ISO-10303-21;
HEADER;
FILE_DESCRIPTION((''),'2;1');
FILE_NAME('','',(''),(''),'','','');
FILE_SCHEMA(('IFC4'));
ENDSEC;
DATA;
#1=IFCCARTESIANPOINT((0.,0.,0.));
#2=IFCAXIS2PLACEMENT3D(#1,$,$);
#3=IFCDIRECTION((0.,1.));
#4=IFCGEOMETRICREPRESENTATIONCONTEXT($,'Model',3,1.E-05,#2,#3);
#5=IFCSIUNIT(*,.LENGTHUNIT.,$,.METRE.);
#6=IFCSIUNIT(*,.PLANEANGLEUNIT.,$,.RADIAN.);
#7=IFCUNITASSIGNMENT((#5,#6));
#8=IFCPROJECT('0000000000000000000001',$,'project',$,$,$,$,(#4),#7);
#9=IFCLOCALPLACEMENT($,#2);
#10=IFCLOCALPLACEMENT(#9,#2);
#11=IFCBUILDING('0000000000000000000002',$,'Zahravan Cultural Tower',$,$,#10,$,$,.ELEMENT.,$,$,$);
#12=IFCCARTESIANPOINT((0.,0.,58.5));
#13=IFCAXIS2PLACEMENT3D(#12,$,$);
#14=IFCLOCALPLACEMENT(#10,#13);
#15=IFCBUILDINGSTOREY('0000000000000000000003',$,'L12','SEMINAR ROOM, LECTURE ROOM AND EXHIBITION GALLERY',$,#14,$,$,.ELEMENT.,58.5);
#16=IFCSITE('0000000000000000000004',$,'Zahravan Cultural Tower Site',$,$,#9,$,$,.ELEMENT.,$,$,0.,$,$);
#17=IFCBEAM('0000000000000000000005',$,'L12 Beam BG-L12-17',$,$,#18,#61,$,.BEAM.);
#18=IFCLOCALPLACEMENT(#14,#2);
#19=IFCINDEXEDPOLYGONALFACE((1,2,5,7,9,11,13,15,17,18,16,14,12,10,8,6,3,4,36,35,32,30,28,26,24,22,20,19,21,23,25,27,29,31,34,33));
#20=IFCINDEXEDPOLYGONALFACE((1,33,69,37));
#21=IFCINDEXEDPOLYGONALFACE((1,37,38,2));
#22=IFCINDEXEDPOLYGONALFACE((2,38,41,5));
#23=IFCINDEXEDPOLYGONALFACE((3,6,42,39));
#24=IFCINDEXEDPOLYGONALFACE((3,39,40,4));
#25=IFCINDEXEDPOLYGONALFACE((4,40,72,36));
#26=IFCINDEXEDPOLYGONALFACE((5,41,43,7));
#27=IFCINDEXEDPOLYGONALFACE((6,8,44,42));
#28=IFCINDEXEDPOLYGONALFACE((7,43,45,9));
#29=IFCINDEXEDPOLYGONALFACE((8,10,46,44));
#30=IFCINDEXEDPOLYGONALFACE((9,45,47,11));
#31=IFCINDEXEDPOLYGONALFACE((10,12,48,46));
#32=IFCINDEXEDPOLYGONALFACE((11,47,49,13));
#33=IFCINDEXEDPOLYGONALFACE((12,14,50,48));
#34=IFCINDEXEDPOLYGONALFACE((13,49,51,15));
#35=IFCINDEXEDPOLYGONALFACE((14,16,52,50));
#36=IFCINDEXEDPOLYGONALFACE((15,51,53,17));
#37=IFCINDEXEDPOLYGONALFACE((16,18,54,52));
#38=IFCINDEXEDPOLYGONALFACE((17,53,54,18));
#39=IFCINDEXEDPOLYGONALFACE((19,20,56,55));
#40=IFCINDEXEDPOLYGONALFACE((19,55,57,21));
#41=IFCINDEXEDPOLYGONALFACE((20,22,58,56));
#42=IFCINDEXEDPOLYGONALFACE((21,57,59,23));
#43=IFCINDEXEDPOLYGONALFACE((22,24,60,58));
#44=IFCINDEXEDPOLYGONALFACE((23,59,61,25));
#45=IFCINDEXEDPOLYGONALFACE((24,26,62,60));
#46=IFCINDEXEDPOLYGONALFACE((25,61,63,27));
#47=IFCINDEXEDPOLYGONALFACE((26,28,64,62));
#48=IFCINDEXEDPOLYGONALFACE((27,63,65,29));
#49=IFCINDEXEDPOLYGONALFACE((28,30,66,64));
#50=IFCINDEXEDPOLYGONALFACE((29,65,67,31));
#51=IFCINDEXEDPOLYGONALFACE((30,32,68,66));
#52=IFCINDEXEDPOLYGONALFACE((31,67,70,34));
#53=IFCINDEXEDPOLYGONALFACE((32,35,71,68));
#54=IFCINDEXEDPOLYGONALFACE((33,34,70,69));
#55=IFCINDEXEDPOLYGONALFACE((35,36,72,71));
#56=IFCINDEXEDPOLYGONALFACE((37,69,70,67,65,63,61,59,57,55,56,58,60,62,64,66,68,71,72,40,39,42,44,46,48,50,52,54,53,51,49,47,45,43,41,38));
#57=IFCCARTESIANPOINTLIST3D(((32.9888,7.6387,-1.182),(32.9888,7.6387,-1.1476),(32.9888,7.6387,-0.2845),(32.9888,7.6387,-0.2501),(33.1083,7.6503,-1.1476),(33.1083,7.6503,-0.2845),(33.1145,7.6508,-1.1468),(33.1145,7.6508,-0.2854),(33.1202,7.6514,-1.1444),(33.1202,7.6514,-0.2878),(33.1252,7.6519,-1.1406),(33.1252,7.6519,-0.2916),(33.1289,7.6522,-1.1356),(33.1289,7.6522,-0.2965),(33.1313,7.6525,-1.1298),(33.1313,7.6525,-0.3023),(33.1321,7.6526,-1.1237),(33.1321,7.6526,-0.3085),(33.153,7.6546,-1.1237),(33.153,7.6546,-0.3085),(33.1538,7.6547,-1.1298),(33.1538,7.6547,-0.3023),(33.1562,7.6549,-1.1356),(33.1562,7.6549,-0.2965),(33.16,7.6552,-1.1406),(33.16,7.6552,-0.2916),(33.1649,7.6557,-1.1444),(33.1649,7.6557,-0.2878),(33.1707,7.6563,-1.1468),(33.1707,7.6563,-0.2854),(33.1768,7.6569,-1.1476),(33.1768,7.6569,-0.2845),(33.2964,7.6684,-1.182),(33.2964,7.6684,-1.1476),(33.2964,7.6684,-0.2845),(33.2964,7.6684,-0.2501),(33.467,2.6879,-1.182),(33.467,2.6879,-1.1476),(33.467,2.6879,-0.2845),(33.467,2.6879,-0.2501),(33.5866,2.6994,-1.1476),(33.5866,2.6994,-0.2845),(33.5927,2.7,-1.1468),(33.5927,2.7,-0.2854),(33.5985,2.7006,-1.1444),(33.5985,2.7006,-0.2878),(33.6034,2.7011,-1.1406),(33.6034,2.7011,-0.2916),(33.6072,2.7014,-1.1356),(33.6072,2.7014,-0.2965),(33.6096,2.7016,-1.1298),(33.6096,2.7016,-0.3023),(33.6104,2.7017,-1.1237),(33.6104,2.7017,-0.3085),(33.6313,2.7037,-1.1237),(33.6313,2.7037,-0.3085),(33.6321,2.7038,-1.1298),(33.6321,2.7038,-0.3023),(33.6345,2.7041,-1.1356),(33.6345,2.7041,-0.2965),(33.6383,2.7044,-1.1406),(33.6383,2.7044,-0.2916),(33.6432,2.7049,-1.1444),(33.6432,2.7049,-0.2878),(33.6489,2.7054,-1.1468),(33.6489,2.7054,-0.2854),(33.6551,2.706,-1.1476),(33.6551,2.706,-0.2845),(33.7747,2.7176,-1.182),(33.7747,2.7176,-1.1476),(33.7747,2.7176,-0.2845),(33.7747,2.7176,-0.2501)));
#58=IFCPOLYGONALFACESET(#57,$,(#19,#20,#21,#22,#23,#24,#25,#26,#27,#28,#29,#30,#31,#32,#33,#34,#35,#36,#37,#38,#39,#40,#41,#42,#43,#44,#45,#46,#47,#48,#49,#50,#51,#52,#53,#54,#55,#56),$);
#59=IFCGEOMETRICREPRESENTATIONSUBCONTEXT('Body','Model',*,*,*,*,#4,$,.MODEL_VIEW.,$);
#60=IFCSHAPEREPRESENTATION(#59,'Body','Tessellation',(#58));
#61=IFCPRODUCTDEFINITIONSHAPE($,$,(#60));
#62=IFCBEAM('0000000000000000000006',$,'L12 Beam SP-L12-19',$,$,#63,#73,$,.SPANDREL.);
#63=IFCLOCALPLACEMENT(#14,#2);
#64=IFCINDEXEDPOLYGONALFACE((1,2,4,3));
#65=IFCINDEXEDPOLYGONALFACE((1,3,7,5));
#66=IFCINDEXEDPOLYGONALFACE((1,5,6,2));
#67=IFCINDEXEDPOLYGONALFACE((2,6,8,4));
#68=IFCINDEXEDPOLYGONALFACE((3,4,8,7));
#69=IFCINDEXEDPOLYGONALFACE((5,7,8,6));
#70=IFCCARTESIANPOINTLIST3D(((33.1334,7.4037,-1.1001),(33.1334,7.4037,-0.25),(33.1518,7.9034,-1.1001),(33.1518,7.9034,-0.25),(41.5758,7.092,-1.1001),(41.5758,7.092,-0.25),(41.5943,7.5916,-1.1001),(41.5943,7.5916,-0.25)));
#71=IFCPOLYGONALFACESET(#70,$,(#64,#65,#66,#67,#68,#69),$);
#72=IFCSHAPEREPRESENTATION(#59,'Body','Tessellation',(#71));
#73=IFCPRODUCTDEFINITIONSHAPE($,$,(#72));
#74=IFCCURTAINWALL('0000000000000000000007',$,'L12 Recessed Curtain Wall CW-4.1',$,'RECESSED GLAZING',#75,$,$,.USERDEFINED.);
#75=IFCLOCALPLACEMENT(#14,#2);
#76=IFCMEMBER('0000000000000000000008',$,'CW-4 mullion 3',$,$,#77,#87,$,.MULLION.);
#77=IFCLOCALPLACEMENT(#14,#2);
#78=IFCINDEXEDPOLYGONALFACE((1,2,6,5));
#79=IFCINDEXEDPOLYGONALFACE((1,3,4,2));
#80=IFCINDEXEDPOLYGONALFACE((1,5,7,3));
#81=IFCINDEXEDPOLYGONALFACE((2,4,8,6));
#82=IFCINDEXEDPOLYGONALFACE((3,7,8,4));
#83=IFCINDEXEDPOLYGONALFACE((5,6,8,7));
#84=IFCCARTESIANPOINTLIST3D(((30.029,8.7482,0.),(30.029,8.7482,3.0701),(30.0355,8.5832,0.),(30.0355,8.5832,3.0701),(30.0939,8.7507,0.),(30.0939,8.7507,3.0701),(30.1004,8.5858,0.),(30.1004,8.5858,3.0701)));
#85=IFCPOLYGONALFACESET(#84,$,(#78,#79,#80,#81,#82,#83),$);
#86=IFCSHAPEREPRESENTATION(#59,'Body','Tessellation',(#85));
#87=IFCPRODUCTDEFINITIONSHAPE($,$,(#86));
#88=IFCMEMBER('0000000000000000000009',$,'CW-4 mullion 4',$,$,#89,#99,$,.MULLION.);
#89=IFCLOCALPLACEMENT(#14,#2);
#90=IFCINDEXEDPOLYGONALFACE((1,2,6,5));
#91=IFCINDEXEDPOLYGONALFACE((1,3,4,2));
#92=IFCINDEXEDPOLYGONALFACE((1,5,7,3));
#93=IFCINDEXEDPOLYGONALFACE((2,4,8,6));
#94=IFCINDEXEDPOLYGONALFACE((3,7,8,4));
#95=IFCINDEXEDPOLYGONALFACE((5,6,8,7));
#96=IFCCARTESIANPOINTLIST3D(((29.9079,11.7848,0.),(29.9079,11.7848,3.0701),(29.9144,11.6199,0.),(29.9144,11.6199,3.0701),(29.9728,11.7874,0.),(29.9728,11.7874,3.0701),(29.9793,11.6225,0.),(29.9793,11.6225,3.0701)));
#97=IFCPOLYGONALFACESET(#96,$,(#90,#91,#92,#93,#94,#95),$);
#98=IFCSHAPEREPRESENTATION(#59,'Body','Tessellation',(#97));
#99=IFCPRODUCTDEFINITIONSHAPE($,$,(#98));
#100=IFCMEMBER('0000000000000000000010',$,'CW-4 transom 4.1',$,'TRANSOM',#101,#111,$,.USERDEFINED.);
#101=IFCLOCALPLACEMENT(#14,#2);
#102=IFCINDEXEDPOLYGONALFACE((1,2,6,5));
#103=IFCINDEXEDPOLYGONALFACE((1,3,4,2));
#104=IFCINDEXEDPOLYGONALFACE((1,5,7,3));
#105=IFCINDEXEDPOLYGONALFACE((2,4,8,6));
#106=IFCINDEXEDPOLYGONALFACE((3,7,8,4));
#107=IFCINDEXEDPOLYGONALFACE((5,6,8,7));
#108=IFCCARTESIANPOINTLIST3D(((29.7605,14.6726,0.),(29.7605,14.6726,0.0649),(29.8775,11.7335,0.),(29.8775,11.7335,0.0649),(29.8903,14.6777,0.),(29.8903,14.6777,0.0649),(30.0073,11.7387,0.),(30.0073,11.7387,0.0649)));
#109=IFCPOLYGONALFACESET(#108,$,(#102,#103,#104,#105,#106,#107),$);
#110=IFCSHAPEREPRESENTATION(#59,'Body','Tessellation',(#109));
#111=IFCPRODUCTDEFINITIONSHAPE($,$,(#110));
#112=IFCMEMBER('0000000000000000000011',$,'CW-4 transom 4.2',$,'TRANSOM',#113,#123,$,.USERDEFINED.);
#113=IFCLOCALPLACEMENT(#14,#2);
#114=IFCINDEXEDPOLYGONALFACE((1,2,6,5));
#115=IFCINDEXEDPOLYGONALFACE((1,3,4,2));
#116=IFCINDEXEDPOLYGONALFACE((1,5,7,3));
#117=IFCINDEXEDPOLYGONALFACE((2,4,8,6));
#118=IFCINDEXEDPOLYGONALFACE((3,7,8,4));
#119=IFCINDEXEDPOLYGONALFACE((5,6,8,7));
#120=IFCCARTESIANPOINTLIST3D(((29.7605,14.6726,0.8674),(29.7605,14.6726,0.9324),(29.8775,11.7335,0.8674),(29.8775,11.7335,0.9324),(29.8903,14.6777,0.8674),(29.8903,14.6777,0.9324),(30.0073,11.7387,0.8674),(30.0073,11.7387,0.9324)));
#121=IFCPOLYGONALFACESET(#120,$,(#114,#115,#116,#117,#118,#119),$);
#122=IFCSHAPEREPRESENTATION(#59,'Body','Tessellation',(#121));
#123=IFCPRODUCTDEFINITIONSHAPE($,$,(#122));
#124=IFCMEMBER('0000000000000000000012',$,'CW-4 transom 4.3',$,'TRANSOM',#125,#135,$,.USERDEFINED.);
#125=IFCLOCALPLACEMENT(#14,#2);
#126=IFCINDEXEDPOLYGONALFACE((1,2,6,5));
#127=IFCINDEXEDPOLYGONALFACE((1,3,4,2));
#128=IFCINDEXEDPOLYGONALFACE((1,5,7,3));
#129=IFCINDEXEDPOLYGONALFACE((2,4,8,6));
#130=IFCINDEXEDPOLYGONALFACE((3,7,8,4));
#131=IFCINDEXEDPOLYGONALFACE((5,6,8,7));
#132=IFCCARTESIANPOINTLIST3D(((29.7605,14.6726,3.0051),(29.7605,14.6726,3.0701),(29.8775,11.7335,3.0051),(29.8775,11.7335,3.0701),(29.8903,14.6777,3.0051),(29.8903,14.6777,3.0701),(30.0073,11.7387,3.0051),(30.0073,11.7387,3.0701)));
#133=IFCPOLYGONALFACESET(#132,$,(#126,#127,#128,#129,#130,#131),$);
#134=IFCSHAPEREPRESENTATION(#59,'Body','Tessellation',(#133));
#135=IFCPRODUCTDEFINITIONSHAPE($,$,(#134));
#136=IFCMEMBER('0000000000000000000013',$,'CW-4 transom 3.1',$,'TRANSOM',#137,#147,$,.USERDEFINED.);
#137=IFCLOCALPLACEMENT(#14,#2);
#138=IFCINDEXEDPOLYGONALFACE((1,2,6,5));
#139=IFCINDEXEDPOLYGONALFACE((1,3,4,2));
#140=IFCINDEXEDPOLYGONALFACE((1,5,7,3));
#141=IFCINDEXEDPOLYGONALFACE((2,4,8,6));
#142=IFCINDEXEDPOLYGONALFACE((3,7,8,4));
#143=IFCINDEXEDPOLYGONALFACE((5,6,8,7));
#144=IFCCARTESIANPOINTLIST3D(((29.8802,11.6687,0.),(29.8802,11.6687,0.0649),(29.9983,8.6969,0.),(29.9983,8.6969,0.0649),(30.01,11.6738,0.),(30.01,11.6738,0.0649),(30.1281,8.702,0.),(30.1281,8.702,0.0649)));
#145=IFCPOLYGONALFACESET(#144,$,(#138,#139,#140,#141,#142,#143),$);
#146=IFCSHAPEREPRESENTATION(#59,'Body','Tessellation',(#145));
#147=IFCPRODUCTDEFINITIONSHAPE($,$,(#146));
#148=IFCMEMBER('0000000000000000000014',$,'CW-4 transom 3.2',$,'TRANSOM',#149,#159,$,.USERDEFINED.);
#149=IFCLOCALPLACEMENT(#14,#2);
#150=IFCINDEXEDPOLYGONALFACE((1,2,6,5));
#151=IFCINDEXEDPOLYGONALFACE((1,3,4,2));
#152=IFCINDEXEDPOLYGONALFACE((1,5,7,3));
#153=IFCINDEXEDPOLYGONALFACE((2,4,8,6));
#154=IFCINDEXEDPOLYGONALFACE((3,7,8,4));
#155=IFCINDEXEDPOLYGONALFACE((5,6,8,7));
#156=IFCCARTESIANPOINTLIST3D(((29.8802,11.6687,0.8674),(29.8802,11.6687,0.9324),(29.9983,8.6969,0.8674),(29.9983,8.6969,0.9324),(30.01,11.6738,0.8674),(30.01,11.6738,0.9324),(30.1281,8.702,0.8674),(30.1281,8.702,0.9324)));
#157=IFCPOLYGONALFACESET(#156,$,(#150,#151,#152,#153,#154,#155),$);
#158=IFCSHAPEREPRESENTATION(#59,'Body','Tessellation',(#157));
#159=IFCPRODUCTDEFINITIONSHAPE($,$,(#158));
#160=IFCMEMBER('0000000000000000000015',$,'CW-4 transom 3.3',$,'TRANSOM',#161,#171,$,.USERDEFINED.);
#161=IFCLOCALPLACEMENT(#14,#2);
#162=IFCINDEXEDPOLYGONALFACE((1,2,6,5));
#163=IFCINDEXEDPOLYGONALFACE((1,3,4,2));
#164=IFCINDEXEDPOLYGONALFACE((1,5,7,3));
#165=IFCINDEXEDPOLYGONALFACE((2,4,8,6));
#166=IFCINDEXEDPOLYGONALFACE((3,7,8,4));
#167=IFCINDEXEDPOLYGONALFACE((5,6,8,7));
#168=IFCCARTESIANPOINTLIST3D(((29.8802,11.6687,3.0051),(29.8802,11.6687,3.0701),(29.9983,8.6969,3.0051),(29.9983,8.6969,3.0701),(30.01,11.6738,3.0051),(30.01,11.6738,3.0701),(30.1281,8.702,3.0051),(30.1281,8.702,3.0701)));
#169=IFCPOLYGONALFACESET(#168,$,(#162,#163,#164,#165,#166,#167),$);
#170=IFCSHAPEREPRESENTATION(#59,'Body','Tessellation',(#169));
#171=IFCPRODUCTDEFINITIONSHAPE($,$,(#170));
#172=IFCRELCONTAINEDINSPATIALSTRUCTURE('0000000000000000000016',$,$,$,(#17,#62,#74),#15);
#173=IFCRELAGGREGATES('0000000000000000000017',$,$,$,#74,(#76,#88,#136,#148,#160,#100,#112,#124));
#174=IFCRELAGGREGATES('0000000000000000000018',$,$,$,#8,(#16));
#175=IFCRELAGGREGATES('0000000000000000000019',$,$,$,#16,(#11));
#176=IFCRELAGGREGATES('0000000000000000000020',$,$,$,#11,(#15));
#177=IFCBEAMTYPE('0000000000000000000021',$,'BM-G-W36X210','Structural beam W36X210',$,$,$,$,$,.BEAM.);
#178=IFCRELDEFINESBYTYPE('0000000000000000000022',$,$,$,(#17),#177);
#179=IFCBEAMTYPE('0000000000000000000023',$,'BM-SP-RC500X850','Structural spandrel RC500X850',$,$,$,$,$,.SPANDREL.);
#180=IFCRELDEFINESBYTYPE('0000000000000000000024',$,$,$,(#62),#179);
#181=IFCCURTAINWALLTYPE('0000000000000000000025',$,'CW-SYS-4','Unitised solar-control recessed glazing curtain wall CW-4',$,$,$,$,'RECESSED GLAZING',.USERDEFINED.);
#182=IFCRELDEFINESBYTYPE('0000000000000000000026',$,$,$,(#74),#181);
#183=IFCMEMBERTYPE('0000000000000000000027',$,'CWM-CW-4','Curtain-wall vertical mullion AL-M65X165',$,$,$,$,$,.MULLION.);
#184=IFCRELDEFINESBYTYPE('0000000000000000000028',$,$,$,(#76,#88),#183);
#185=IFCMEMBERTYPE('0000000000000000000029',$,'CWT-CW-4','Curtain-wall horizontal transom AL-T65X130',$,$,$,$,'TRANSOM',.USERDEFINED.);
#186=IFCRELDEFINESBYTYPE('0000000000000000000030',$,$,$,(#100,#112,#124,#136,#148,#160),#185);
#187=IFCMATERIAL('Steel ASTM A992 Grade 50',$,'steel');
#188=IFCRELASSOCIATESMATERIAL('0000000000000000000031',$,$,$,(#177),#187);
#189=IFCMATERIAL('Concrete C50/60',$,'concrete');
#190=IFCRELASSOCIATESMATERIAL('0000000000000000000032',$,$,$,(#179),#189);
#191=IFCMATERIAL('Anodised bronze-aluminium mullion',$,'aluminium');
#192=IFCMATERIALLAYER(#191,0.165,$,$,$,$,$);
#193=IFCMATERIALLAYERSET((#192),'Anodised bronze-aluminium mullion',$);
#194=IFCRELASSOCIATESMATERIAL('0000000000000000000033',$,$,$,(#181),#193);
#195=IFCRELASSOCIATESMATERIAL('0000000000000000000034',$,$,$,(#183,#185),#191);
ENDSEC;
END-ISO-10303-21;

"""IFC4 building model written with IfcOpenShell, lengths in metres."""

from ifc_helpers import new_model, si_unit, direction, frame, origin, origin_2d, place, context, subcontext, project, spatial, rectangle, i_section, extrude, source, transform, mapped, material, layer, layer_set, material_profile, profile_set, type_object, element, aggregate, save


model = new_model("IFC4")

# Units and contexts
model_context = context("Model", 3, precision=1e-05, world=origin(), true_north=direction((0.0, 1.0)))
body_context = subcontext(model_context, "Body", "Model", "MODEL_VIEW")
ifc_project = project(units=[si_unit("LENGTHUNIT", "METRE"), si_unit("PLANEANGLEUNIT", "RADIAN")], contexts=[model_context])

# Site, building, storey
site_placement = place(None, origin())
site = spatial("IfcSite", under=ifc_project, at=site_placement, Name="Zahravan Cultural Tower Site", CompositionType="ELEMENT", RefElevation=0.0)
building_placement = place(site_placement, origin())
building = spatial("IfcBuilding", under=site, at=building_placement, Name="Zahravan Cultural Tower", CompositionType="ELEMENT")
storey_placement = place(building_placement, frame((0.0, 0.0, 58.5)))
storey = spatial("IfcBuildingStorey", under=building, at=storey_placement, Name="L12", Description="SEMINAR ROOM, LECTURE ROOM AND EXHIBITION GALLERY", CompositionType="ELEMENT", Elevation=58.5)

# Beams
ifc_material_1 = material(Name="Steel ASTM A992 Grade 50", Category="steel")
ifc_material_profile_1 = material_profile(ifc_material_1, i_section(OverallWidth=0.3091, OverallDepth=0.9319, WebThickness=0.021, FlangeThickness=0.0344, FilletRadius=0.0239, at=origin_2d()), Name="W36X210")
ifc_profile_set_1 = profile_set([ifc_material_profile_1], Name="Steel ASTM A992 Grade 50")
beam_type_1 = type_object("IfcBeamType", Name="BM-G-W36X210", Description="Structural beam W36X210", PredefinedType="BEAM", material=ifc_profile_set_1)
shared_shape_1 = source(origin(), body_context, "Body", "SweptSolid", [
    extrude(i_section(OverallWidth=0.3091, OverallDepth=0.9319, WebThickness=0.021, FlangeThickness=0.0344, FilletRadius=0.0239, at=origin_2d()), origin(), (0.0, 0.0, 1.0), 4.9739),
])
beam_1_placement = place(storey_placement, frame((33.1426, 7.6536, -0.7161), z_axis=(0.096155, -0.995366, 0.0), x_axis=(0.995366, 0.096155, 0.0)))
element("IfcBeam", 1, at=beam_1_placement, inside=storey, type_object=beam_type_1, Name="L12 Beam BG-L12-17", PredefinedType="BEAM", context=body_context, shape_type="MappedRepresentation", body=[
    mapped(shared_shape_1, transform((0.0, 0.0, 0.0), x_axis=(1.0, 0.0, 0.0), y_axis=(0.0, 1.0, 0.0), z_axis=(0.0, 0.0, 1.0), scale=1.0)),
])
ifc_material_2 = material(Name="Concrete C50/60", Category="concrete")
ifc_material_profile_2 = material_profile(ifc_material_2, rectangle(XDim=0.5, YDim=0.8501, at=origin_2d()), Name="RC500X850")
ifc_profile_set_2 = profile_set([ifc_material_profile_2], Name="Concrete C50/60")
beam_type_2 = type_object("IfcBeamType", Name="BM-SP-RC500X850", Description="Structural spandrel RC500X850", PredefinedType="SPANDREL", material=ifc_profile_set_2)
shared_shape_2 = source(origin(), body_context, "Body", "SweptSolid", [
    extrude(rectangle(XDim=0.5, YDim=0.8501, at=origin_2d()), origin(), (0.0, 0.0, 1.0), 8.4482),
])
beam_2_placement = place(storey_placement, frame((33.1426, 7.6536, -0.675), z_axis=(0.999319, -0.036904, 0.0), x_axis=(0.036904, 0.999319, 0.0)))
element("IfcBeam", 2, at=beam_2_placement, inside=storey, type_object=beam_type_2, Name="L12 Beam SP-L12-19", PredefinedType="SPANDREL", context=body_context, shape_type="MappedRepresentation", body=[
    mapped(shared_shape_2, transform((0.0, 0.0, 0.0), x_axis=(1.0, 0.0, 0.0), y_axis=(0.0, 1.0, 0.0), z_axis=(0.0, 0.0, 1.0), scale=1.0)),
])

# Curtain wall, members
ifc_material_3 = material(Name="Anodised bronze-aluminium mullion", Category="aluminium")
ifc_layer_1 = layer(ifc_material_3, 0.165)
ifc_layer_set_1 = layer_set([ifc_layer_1], Name="Anodised bronze-aluminium mullion")
curtain_wall_type = type_object("IfcCurtainWallType", Name="CW-SYS-4", Description="Unitised solar-control recessed glazing curtain wall CW-4", ElementType="RECESSED GLAZING", PredefinedType="USERDEFINED", material=ifc_layer_set_1)
curtain_wall_placement = place(storey_placement, origin())
curtain_wall = element("IfcCurtainWall", 3, at=curtain_wall_placement, inside=storey, type_object=curtain_wall_type, Name="L12 Recessed Curtain Wall CW-4.1", ObjectType="RECESSED GLAZING", PredefinedType="USERDEFINED")
ifc_material_profile_3 = material_profile(ifc_material_3, rectangle(XDim=0.0649, YDim=0.165, at=origin_2d()), Name="AL-M65X165")
ifc_profile_set_3 = profile_set([ifc_material_profile_3], Name="Anodised bronze-aluminium mullion")
member_type_1 = type_object("IfcMemberType", Name="CWM-CW-4", Description="Curtain-wall vertical mullion AL-M65X165", PredefinedType="MULLION", material=ifc_profile_set_3)
shared_shape_3 = source(origin(), body_context, "Body", "SweptSolid", [
    extrude(rectangle(XDim=0.0649, YDim=0.165, at=origin_2d()), origin(), (0.0, 0.0, 1.0), 3.0701),
])
member_1_placement = place(storey_placement, frame((30.0647, 8.667, 0.0), z_axis=(0.0, 0.0, 1.0), x_axis=(-0.999208, -0.039785, 0.0)))
member_1 = element("IfcMember", 4, at=member_1_placement, type_object=member_type_1, Name="CW-4 mullion 3", PredefinedType="MULLION", context=body_context, shape_type="MappedRepresentation", body=[
    mapped(shared_shape_3, transform((0.0, 0.0, 0.0), x_axis=(1.0, 0.0, 0.0), y_axis=(0.0, 1.0, 0.0), z_axis=(0.0, 0.0, 1.0), scale=1.0)),
])
member_2_placement = place(storey_placement, frame((29.9436, 11.7036, 0.0), z_axis=(0.0, 0.0, 1.0), x_axis=(-0.999208, -0.039785, 0.0)))
member_2 = element("IfcMember", 5, at=member_2_placement, type_object=member_type_1, Name="CW-4 mullion 4", PredefinedType="MULLION", context=body_context, shape_type="MappedRepresentation", body=[
    mapped(shared_shape_3, transform((0.0, 0.0, 0.0), x_axis=(1.0, 0.0, 0.0), y_axis=(0.0, 1.0, 0.0), z_axis=(0.0, 0.0, 1.0), scale=1.0)),
])
ifc_material_profile_4 = material_profile(ifc_material_3, rectangle(XDim=0.1299, YDim=0.0649, at=origin_2d()), Name="AL-T65X130")
ifc_profile_set_4 = profile_set([ifc_material_profile_4], Name="Anodised bronze-aluminium mullion")
member_type_2 = type_object("IfcMemberType", Name="CWT-CW-4", Description="Curtain-wall horizontal transom AL-T65X130", ElementType="TRANSOM", PredefinedType="USERDEFINED", material=ifc_profile_set_4)
shared_shape_4 = source(origin(), body_context, "Body", "SweptSolid", [
    extrude(rectangle(XDim=0.1299, YDim=0.0649, at=origin_2d()), origin(), (0.0, 0.0, 1.0), 2.9414),
])
member_3_placement = place(storey_placement, frame((29.9424, 11.7361, 0.0325), z_axis=(-0.039759, 0.999209, 0.0), x_axis=(-0.999209, -0.039759, 0.0)))
member_3 = element("IfcMember", 6, at=member_3_placement, type_object=member_type_2, Name="CW-4 transom 4.1", ObjectType="TRANSOM", PredefinedType="USERDEFINED", context=body_context, shape_type="MappedRepresentation", body=[
    mapped(shared_shape_4, transform((0.0, 0.0, 0.0), x_axis=(1.0, 0.0, 0.0), y_axis=(0.0, 1.0, 0.0), z_axis=(0.0, 0.0, 1.0), scale=1.0)),
])
member_4_placement = place(storey_placement, frame((29.9424, 11.7361, 0.8999), z_axis=(-0.039759, 0.999209, 0.0), x_axis=(-0.999209, -0.039759, 0.0)))
member_4 = element("IfcMember", 7, at=member_4_placement, type_object=member_type_2, Name="CW-4 transom 4.2", ObjectType="TRANSOM", PredefinedType="USERDEFINED", context=body_context, shape_type="MappedRepresentation", body=[
    mapped(shared_shape_4, transform((0.0, 0.0, 0.0), x_axis=(1.0, 0.0, 0.0), y_axis=(0.0, 1.0, 0.0), z_axis=(0.0, 0.0, 1.0), scale=1.0)),
])
member_5_placement = place(storey_placement, frame((29.9424, 11.7361, 3.0376), z_axis=(-0.039759, 0.999209, 0.0), x_axis=(-0.999209, -0.039759, 0.0)))
member_5 = element("IfcMember", 8, at=member_5_placement, type_object=member_type_2, Name="CW-4 transom 4.3", ObjectType="TRANSOM", PredefinedType="USERDEFINED", context=body_context, shape_type="MappedRepresentation", body=[
    mapped(shared_shape_4, transform((0.0, 0.0, 0.0), x_axis=(1.0, 0.0, 0.0), y_axis=(0.0, 1.0, 0.0), z_axis=(0.0, 0.0, 1.0), scale=1.0)),
])
shared_shape_5 = source(origin(), body_context, "Body", "SweptSolid", [
    extrude(rectangle(XDim=0.1299, YDim=0.0649, at=origin_2d()), origin(), (0.0, 0.0, 1.0), 2.9741),
])
member_6_placement = place(storey_placement, frame((30.0632, 8.6995, 0.0325), z_axis=(-0.039732, 0.99921, 0.0), x_axis=(-0.99921, -0.039732, 0.0)))
member_6 = element("IfcMember", 9, at=member_6_placement, type_object=member_type_2, Name="CW-4 transom 3.1", ObjectType="TRANSOM", PredefinedType="USERDEFINED", context=body_context, shape_type="MappedRepresentation", body=[
    mapped(shared_shape_5, transform((0.0, 0.0, 0.0), x_axis=(1.0, 0.0, 0.0), y_axis=(0.0, 1.0, 0.0), z_axis=(0.0, 0.0, 1.0), scale=1.0)),
])
member_7_placement = place(storey_placement, frame((30.0632, 8.6995, 0.8999), z_axis=(-0.039732, 0.99921, 0.0), x_axis=(-0.99921, -0.039732, 0.0)))
member_7 = element("IfcMember", 10, at=member_7_placement, type_object=member_type_2, Name="CW-4 transom 3.2", ObjectType="TRANSOM", PredefinedType="USERDEFINED", context=body_context, shape_type="MappedRepresentation", body=[
    mapped(shared_shape_5, transform((0.0, 0.0, 0.0), x_axis=(1.0, 0.0, 0.0), y_axis=(0.0, 1.0, 0.0), z_axis=(0.0, 0.0, 1.0), scale=1.0)),
])
member_8_placement = place(storey_placement, frame((30.0632, 8.6995, 3.0376), z_axis=(-0.039732, 0.99921, 0.0), x_axis=(-0.99921, -0.039732, 0.0)))
member_8 = element("IfcMember", 11, at=member_8_placement, type_object=member_type_2, Name="CW-4 transom 3.3", ObjectType="TRANSOM", PredefinedType="USERDEFINED", context=body_context, shape_type="MappedRepresentation", body=[
    mapped(shared_shape_5, transform((0.0, 0.0, 0.0), x_axis=(1.0, 0.0, 0.0), y_axis=(0.0, 1.0, 0.0), z_axis=(0.0, 0.0, 1.0), scale=1.0)),
])
aggregate(curtain_wall, [member_1, member_2, member_6, member_7, member_8, member_3, member_4, member_5])

save(model, "model.ifc")
